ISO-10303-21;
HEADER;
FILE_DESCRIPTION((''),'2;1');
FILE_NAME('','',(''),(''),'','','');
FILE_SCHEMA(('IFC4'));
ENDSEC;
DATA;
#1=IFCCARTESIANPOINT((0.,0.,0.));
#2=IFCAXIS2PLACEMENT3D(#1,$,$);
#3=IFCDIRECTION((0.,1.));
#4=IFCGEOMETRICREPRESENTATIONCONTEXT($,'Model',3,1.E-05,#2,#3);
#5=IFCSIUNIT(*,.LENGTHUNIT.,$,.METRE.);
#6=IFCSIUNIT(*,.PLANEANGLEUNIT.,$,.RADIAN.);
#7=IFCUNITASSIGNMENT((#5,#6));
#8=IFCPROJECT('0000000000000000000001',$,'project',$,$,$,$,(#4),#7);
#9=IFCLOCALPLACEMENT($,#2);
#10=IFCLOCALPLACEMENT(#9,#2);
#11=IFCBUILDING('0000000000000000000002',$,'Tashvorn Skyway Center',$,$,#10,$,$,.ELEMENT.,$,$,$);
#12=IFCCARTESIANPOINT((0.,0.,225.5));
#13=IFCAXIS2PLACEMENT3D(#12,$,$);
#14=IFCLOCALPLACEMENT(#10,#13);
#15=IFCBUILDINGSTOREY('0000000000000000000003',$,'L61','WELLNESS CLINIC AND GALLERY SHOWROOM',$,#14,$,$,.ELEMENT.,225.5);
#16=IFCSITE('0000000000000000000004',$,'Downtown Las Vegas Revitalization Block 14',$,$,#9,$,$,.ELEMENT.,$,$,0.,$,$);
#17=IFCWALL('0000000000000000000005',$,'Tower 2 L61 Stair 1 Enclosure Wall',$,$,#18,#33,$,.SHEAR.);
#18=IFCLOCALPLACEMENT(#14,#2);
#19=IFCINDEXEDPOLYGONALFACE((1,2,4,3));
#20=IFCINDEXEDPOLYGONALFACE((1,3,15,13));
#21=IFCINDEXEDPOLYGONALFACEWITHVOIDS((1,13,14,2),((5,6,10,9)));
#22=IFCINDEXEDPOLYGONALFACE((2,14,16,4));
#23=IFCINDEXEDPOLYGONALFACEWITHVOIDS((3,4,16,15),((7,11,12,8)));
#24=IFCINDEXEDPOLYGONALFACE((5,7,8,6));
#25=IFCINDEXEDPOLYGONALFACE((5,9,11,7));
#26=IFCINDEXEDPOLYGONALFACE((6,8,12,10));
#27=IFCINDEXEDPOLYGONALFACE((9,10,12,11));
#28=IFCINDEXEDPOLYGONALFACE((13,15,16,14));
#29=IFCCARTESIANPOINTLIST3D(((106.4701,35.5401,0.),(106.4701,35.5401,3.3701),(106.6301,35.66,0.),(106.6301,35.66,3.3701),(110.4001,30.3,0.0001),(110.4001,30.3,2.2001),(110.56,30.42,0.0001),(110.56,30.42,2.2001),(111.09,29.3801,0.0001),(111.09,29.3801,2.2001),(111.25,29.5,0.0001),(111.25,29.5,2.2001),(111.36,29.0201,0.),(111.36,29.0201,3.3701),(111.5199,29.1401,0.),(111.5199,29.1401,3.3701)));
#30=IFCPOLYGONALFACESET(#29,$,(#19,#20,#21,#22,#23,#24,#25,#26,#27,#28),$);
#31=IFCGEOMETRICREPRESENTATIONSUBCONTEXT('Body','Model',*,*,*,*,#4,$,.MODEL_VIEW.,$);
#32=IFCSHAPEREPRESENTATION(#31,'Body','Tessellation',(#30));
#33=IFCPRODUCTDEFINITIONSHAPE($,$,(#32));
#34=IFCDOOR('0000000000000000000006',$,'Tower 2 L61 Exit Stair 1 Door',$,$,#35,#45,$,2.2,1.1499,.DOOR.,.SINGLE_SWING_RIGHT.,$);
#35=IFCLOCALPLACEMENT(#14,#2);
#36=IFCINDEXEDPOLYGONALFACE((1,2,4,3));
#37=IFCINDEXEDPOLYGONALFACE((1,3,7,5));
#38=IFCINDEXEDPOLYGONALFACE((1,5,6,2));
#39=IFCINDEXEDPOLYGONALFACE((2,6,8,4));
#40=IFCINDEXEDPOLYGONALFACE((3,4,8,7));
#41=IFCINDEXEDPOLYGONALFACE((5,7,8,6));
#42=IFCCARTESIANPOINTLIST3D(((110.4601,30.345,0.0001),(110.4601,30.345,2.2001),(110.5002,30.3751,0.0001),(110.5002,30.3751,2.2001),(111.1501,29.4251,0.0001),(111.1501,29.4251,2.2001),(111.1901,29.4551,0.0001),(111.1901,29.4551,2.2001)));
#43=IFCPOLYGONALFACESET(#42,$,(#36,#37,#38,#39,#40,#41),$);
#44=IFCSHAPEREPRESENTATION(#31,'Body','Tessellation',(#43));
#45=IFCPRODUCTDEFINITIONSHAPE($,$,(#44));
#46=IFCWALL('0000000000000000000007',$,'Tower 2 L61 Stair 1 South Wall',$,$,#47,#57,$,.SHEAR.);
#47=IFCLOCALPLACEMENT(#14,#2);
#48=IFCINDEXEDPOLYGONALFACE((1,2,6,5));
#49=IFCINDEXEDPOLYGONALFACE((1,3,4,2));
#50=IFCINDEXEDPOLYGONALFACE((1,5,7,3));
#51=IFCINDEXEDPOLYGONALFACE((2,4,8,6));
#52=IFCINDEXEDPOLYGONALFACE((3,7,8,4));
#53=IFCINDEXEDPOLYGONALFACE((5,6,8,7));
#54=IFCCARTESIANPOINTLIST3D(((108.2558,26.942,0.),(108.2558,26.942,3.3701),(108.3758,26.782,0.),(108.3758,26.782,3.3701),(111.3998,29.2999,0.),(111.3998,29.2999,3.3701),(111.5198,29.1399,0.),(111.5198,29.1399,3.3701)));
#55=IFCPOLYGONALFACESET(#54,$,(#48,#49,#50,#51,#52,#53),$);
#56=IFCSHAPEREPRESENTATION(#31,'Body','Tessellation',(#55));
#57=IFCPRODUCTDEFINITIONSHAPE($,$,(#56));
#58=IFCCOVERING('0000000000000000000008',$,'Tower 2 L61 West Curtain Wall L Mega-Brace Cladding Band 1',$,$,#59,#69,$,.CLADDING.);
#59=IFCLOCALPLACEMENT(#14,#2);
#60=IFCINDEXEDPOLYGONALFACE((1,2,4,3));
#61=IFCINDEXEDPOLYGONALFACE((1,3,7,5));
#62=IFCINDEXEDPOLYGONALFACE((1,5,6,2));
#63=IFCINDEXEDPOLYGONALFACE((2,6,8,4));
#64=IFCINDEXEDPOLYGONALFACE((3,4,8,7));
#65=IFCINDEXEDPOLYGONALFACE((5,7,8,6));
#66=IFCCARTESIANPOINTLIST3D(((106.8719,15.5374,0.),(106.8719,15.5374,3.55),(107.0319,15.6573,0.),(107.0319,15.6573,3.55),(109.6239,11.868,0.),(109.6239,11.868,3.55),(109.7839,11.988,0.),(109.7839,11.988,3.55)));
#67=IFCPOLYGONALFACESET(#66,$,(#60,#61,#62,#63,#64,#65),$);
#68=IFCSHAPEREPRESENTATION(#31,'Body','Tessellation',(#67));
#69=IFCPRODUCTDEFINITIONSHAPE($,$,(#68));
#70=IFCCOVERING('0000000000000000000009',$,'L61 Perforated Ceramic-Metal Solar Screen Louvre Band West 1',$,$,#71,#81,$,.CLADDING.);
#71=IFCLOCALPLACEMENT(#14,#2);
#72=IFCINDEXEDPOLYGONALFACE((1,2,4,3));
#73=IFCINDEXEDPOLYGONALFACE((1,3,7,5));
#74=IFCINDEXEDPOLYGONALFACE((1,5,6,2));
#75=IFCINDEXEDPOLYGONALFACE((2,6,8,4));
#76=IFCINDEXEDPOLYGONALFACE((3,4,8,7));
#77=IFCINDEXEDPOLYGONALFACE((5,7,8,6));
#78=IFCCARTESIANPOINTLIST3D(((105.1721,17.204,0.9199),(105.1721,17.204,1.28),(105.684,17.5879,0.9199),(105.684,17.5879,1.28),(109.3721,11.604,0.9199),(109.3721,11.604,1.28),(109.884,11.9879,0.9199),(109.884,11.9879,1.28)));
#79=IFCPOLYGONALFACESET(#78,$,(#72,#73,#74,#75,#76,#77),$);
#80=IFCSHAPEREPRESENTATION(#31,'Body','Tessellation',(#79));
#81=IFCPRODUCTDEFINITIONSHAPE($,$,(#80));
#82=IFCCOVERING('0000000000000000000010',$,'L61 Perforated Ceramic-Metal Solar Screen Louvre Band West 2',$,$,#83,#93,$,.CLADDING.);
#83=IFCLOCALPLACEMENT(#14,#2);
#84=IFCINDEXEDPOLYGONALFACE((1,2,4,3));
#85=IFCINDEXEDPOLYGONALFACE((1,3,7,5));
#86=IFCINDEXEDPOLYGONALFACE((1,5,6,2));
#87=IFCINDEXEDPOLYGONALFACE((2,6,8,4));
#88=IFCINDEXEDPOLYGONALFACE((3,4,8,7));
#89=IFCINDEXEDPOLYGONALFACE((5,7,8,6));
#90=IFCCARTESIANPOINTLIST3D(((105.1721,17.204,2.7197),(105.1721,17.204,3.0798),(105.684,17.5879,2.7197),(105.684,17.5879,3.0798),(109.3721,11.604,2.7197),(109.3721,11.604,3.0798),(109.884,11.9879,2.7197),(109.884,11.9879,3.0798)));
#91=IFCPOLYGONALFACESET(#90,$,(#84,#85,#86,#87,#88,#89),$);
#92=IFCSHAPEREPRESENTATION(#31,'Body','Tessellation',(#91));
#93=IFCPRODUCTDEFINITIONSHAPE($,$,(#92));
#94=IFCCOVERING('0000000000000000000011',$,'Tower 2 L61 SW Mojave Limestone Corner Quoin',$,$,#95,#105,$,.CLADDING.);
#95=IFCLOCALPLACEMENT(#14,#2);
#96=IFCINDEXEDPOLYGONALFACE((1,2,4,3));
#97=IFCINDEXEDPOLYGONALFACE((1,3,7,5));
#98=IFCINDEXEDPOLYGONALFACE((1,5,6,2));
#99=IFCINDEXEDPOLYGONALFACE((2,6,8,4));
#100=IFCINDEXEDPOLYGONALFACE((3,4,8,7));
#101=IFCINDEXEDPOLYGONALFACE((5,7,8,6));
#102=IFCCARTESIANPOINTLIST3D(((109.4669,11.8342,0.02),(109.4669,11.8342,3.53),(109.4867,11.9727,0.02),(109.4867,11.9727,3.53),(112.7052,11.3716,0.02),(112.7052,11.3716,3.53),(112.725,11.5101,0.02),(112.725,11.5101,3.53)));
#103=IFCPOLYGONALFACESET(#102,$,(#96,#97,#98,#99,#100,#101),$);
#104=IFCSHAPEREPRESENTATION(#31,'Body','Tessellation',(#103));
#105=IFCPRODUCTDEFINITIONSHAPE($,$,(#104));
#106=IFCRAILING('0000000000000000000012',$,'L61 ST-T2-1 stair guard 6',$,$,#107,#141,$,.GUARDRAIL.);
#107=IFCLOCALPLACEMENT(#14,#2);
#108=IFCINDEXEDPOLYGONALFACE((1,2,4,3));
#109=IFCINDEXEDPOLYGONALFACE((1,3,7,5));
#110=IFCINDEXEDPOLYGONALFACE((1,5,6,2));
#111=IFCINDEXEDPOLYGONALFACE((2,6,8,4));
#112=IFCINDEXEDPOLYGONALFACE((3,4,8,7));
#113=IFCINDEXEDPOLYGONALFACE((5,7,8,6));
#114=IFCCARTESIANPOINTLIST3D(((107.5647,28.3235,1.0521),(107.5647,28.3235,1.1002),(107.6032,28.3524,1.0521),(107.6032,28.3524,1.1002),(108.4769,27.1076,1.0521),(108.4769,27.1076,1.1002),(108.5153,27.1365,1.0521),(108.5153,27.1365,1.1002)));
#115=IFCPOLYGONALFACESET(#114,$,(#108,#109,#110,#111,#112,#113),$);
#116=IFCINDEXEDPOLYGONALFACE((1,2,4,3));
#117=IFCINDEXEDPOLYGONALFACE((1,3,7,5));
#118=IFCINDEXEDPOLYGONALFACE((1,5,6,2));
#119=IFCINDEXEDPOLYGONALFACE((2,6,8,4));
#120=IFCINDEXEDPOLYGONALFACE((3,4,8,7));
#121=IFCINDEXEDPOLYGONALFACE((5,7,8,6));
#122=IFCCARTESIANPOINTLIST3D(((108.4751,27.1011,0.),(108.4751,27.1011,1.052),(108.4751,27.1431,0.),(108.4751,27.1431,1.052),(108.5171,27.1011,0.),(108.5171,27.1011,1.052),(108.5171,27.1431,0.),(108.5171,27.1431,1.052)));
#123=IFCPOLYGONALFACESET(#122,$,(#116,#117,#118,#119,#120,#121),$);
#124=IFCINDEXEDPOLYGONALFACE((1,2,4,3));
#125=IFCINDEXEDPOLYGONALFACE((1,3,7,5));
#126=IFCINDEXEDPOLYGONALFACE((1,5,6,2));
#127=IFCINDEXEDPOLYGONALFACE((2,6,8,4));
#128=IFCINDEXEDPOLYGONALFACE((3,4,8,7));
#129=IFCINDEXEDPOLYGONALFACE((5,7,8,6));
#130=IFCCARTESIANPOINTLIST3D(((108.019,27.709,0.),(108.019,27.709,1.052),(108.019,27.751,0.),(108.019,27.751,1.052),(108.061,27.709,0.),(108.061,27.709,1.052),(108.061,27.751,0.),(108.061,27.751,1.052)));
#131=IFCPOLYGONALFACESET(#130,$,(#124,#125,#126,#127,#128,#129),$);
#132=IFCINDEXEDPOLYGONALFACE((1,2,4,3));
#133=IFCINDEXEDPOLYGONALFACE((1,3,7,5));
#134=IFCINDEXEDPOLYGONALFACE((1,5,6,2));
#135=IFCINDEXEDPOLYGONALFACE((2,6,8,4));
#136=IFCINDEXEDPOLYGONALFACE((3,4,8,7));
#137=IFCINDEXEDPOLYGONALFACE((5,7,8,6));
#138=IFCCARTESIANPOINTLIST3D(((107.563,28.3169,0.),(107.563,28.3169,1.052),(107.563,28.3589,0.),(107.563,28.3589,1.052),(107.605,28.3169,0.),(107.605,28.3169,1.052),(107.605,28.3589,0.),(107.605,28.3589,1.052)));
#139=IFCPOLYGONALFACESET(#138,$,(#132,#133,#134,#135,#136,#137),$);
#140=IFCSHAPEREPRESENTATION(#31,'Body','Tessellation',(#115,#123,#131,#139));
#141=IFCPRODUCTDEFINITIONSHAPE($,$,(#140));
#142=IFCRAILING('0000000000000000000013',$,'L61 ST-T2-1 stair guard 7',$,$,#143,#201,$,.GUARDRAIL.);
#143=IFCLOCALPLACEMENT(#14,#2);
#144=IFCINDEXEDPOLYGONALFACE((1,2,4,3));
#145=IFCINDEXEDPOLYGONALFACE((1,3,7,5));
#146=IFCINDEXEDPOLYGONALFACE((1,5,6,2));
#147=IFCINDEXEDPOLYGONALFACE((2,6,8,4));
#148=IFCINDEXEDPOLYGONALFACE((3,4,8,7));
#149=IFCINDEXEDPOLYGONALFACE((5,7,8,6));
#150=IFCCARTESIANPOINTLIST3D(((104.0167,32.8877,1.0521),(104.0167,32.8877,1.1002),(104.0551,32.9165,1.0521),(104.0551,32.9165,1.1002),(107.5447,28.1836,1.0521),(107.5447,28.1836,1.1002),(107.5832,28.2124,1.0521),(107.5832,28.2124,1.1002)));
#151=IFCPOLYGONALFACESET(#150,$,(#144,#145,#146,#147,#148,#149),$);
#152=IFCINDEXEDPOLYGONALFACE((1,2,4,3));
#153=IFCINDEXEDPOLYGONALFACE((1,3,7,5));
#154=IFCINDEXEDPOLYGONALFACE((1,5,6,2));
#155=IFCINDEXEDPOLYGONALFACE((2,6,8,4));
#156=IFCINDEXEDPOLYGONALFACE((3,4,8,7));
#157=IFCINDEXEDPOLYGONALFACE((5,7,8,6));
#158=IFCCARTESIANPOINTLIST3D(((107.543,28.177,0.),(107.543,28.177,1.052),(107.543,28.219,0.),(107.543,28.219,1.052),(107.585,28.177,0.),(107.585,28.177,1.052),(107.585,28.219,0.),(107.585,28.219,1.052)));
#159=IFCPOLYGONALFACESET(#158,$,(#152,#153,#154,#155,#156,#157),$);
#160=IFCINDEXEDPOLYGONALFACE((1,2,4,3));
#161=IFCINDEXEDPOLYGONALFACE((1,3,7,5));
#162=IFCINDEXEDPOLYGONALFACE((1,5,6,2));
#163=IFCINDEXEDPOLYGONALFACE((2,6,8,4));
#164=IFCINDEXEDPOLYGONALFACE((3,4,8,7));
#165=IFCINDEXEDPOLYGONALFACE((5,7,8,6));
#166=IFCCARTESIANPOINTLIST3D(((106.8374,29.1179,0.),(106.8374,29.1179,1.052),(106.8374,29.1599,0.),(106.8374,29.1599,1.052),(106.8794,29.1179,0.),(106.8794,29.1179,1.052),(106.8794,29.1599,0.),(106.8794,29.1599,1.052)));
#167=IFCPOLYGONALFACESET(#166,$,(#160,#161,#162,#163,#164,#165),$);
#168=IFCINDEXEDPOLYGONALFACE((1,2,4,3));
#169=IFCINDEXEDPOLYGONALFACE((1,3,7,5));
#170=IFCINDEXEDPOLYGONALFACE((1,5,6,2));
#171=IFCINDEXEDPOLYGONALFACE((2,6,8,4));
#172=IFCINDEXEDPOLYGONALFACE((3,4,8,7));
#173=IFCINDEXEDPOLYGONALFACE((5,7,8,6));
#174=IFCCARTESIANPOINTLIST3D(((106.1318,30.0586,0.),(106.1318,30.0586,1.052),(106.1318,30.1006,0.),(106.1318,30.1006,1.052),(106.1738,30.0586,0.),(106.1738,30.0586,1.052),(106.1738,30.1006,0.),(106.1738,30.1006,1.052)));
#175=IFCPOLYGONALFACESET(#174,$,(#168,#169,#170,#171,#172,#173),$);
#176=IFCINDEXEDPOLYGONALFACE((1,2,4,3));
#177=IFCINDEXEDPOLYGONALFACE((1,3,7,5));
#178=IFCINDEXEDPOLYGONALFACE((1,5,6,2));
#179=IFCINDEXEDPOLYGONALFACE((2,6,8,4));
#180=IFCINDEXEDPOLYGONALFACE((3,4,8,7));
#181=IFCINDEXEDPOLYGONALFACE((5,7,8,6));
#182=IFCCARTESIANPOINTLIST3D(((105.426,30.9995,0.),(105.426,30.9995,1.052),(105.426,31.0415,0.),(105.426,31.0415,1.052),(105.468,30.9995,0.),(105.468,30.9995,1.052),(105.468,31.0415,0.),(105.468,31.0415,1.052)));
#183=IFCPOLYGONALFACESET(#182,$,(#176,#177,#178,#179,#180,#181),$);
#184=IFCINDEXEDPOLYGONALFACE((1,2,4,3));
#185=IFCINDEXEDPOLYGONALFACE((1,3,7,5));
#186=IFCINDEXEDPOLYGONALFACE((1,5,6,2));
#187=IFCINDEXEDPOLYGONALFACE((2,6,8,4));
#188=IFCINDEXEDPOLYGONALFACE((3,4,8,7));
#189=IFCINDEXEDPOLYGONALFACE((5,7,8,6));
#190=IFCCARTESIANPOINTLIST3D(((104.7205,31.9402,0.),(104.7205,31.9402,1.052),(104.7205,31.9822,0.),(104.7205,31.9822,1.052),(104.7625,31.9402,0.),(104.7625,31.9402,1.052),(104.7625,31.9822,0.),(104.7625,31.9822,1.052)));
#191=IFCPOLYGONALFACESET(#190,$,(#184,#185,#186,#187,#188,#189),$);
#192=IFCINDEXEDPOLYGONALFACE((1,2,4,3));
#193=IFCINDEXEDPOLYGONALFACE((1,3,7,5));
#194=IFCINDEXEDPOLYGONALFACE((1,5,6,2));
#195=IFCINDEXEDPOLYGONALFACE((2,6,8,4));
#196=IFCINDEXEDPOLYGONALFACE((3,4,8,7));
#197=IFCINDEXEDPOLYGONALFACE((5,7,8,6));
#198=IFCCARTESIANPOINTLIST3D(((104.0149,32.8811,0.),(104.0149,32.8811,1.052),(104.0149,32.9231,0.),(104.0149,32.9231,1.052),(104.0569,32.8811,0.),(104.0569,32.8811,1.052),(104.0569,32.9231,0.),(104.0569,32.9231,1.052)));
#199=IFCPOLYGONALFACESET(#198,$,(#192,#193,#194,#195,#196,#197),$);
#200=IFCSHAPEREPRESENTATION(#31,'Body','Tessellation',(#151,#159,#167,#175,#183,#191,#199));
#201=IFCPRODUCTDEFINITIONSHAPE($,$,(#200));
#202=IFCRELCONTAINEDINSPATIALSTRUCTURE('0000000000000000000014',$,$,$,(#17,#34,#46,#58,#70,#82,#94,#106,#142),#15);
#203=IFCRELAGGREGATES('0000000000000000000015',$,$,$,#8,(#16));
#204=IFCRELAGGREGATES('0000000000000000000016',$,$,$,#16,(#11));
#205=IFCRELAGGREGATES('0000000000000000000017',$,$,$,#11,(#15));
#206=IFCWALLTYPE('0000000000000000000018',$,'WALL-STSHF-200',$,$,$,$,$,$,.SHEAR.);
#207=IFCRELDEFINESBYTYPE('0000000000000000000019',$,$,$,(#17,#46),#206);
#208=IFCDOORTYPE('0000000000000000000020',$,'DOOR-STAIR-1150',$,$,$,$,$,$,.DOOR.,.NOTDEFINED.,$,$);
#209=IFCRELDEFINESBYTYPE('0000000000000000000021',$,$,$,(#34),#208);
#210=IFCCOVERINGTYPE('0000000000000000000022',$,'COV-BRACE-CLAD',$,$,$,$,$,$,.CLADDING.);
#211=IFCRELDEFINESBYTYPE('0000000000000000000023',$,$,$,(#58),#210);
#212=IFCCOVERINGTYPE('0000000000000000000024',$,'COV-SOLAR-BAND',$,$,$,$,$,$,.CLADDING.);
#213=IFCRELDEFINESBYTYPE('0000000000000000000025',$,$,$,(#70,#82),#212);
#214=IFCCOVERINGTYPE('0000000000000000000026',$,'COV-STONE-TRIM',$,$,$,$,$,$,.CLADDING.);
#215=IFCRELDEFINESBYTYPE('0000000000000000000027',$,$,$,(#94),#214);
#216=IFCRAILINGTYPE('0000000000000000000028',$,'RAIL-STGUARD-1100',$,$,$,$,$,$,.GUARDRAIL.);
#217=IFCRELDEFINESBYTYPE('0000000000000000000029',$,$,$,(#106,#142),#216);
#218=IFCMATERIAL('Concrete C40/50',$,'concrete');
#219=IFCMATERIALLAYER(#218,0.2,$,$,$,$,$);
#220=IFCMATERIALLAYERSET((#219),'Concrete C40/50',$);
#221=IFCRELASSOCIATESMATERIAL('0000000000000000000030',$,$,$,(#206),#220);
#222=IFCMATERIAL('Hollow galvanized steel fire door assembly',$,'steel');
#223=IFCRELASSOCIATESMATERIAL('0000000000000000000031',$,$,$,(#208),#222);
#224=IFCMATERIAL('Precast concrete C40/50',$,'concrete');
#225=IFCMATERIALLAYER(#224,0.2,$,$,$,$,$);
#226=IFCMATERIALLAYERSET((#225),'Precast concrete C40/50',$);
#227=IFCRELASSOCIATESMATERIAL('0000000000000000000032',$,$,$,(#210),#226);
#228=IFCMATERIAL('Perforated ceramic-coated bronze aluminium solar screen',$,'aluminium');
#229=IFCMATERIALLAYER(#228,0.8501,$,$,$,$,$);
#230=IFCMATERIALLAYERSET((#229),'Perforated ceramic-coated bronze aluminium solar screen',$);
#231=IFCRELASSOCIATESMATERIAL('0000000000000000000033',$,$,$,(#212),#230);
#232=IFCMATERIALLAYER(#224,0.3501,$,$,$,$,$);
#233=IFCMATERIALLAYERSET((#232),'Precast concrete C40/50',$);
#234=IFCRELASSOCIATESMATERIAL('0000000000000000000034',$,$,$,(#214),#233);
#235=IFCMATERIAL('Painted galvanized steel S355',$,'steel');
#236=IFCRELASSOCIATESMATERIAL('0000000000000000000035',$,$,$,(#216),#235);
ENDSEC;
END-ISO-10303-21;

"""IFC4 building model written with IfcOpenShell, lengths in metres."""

from ifc_helpers import new_model, si_unit, direction, frame, frame_2d, origin, origin_2d, place, context, subcontext, project, spatial, rectangle, extrude, material, layer, layer_set, type_object, element, fill, save


model = new_model("IFC4")

# Units and contexts
model_context = context("Model", 3, precision=1e-05, world=origin(), true_north=direction((0.0, 1.0)))
body_context = subcontext(model_context, "Body", "Model", "MODEL_VIEW")
ifc_project = project(units=[si_unit("LENGTHUNIT", "METRE"), si_unit("PLANEANGLEUNIT", "RADIAN")], contexts=[model_context])

# Site, building, storey
site_placement = place(None, origin())
site = spatial("IfcSite", under=ifc_project, at=site_placement, Name="Downtown Las Vegas Revitalization Block 14", CompositionType="ELEMENT", RefElevation=0.0)
building_placement = place(site_placement, origin())
building = spatial("IfcBuilding", under=site, at=building_placement, Name="Tashvorn Skyway Center", CompositionType="ELEMENT")
storey_placement = place(building_placement, frame((0.0, 0.0, 225.5)))
storey = spatial("IfcBuildingStorey", under=building, at=storey_placement, Name="L61", Description="WELLNESS CLINIC AND GALLERY SHOWROOM", CompositionType="ELEMENT", Elevation=225.5)

# Shared definitions
ifc_material_1 = material(Name="Precast concrete C40/50", Category="concrete")
ifc_material_2 = material(Name="Concrete C40/50", Category="concrete")

# Wall, opening, door
ifc_layer_1 = layer(ifc_material_2, 0.2)
ifc_layer_set_1 = layer_set([ifc_layer_1], Name="Concrete C40/50")
wall_type_1 = type_object("IfcWallType", Name="WALL-STSHF-200", PredefinedType="SHEAR", material=ifc_layer_set_1)
wall_1_placement = place(storey_placement, frame((111.4399, 29.0801, 0.0), z_axis=(0.0, 0.0, 1.0), x_axis=(-0.59999, 0.800007, 0.0)))
wall_1 = element("IfcWall", 1, at=wall_1_placement, inside=storey, type_object=wall_type_1, Name="Tower 2 L61 Stair 1 Enclosure Wall", PredefinedType="SHEAR", context=body_context, shape_type="SweptSolid", body=[
    extrude(rectangle(XDim=8.1499, YDim=0.2, at=frame_2d((4.075, 0.0))), origin(), (0.0, 0.0, 1.0), 3.3701),
])
opening_placement = place(wall_1_placement, frame((0.45, 0.0, 0.0)))
opening = element("IfcOpeningElement", 2, at=opening_placement, cuts=wall_1, PredefinedType="OPENING", context=body_context, shape_type="SweptSolid", body=[
    extrude(rectangle(XDim=1.1499, YDim=2.2, at=frame_2d((0.575, 1.1001))), frame((0.0, 0.1099, 0.0), z_axis=(0.0, -1.0, 0.0), x_axis=(1.0, 0.0, 0.0)), (0.0, 0.0, 1.0), 0.22),
])
ifc_material_3 = material(Name="Hollow galvanized steel fire door assembly", Category="steel")
door_type = type_object("IfcDoorType", Name="DOOR-STAIR-1150", OperationType="NOTDEFINED", PredefinedType="DOOR", material=ifc_material_3)
door_placement = place(opening_placement, origin())
door = element("IfcDoor", 3, at=door_placement, inside=storey, type_object=door_type, Name="Tower 2 L61 Exit Stair 1 Door", OperationType="SINGLE_SWING_RIGHT", OverallHeight=2.2, OverallWidth=1.1499, PredefinedType="DOOR", context=body_context, shape_type="SweptSolid", body=[
    extrude(rectangle(XDim=1.1499, YDim=2.2, at=frame_2d((0.575, 1.1001))), frame((0.0, 0.0249, 0.0), z_axis=(0.0, -1.0, 0.0), x_axis=(1.0, 0.0, 0.0)), (0.0, 0.0, 1.0), 0.05),
])
fill(opening, door)

# Wall
wall_2_placement = place(storey_placement, frame((108.3159, 26.8621, 0.0), z_axis=(0.0, 0.0, 1.0), x_axis=(0.800015, 0.59998, 0.0)))
element("IfcWall", 4, at=wall_2_placement, inside=storey, type_object=wall_type_1, Name="Tower 2 L61 Stair 1 South Wall", PredefinedType="SHEAR", context=body_context, shape_type="SweptSolid", body=[
    extrude(rectangle(XDim=3.9299, YDim=0.2, at=frame_2d((1.9648, 0.0))), origin(), (0.0, 0.0, 1.0), 3.3701),
])

# Coverings
ifc_layer_2 = layer(ifc_material_1, 0.2)
ifc_layer_set_2 = layer_set([ifc_layer_2], Name="Precast concrete C40/50")
covering_type_1 = type_object("IfcCoveringType", Name="COV-BRACE-CLAD", PredefinedType="CLADDING", material=ifc_layer_set_2)
covering_1_placement = place(storey_placement, frame((108.3279, 13.7627, 0.0), z_axis=(0.0, 0.0, 1.0), x_axis=(-0.6, 0.8, 0.0)))
element("IfcCovering", 5, at=covering_1_placement, inside=storey, type_object=covering_type_1, Name="Tower 2 L61 West Curtain Wall L Mega-Brace Cladding Band 1", PredefinedType="CLADDING", context=body_context, shape_type="SweptSolid", body=[
    extrude(rectangle(XDim=4.5867, YDim=0.2, at=origin_2d()), origin(), (0.0, 0.0, 1.0), 3.55),
])
ifc_material_4 = material(Name="Perforated ceramic-coated bronze aluminium solar screen", Category="aluminium")
ifc_layer_3 = layer(ifc_material_4, 0.8501)
ifc_layer_set_3 = layer_set([ifc_layer_3], Name="Perforated ceramic-coated bronze aluminium solar screen")
covering_type_2 = type_object("IfcCoveringType", Name="COV-SOLAR-BAND", PredefinedType="CLADDING", material=ifc_layer_set_3)
for number, where, z_axis, x_axis, name in (
    (6, (107.5281, 14.5959, 0.9199), (0.0, 0.0, 1.0), (-0.6, 0.8, 0.0), "L61 Perforated Ceramic-Metal Solar Screen Louvre Band West 1"),
    (7, (107.5281, 14.5959, 2.7197), (0.0, 0.0, 1.0), (-0.6, 0.8, 0.0), "L61 Perforated Ceramic-Metal Solar Screen Louvre Band West 2"),
):
    element("IfcCovering", number, at=place(storey_placement, frame(where, z_axis=z_axis, x_axis=x_axis)), inside=storey, type_object=covering_type_2, Name=name, PredefinedType="CLADDING", context=body_context, shape_type="SweptSolid", body=[
        extrude(rectangle(XDim=7.0, YDim=0.6399, at=origin_2d()), origin(), (0.0, 0.0, 1.0), 0.3601),
    ])
ifc_layer_4 = layer(ifc_material_1, 0.3501)
ifc_layer_set_4 = layer_set([ifc_layer_4], Name="Precast concrete C40/50")
covering_type_3 = type_object("IfcCoveringType", Name="COV-STONE-TRIM", PredefinedType="CLADDING", material=ifc_layer_set_4)
covering_2_placement = place(storey_placement, frame((111.0959, 11.6721, 0.02), z_axis=(0.0, 0.0, 1.0), x_axis=(-0.989949, 0.141421, 0.0)))
element("IfcCovering", 8, at=covering_2_placement, inside=storey, type_object=covering_type_3, Name="Tower 2 L61 SW Mojave Limestone Corner Quoin", PredefinedType="CLADDING", context=body_context, shape_type="SweptSolid", body=[
    extrude(rectangle(XDim=3.2712, YDim=0.1399, at=origin_2d()), origin(), (0.0, 0.0, 1.0), 3.51),
])

# Railings
ifc_material_5 = material(Name="Painted galvanized steel S355", Category="steel")
railing_type = type_object("IfcRailingType", Name="RAIL-STGUARD-1100", PredefinedType="GUARDRAIL", material=ifc_material_5)
railing_1_placement = place(storey_placement, frame((108.4961, 27.1221, 0.0)))
element("IfcRailing", 9, at=railing_1_placement, inside=storey, type_object=railing_type, Name="L61 ST-T2-1 stair guard 6", PredefinedType="GUARDRAIL", context=body_context, shape_type="SweptSolid", body=[
    extrude(rectangle(XDim=0.0481, YDim=0.0481, at=origin_2d()), frame((0.0, 0.0, 1.0762), z_axis=(-0.600103, 0.799923, 0.0), x_axis=(-0.799923, -0.600103, 0.0)), (0.0, 0.0, 1.0), 1.52),
    extrude(rectangle(XDim=0.042, YDim=0.042, at=origin_2d()), origin(), (0.0, 0.0, 1.0), 1.052),
    extrude(rectangle(XDim=0.042, YDim=0.042, at=origin_2d()), frame((-0.4561, 0.6079, 0.0)), (0.0, 0.0, 1.0), 1.052),
    extrude(rectangle(XDim=0.042, YDim=0.042, at=origin_2d()), frame((-0.9121, 1.2158, 0.0)), (0.0, 0.0, 1.0), 1.052),
])
railing_2_placement = place(storey_placement, frame((107.564, 28.198, 0.0)))
element("IfcRailing", 10, at=railing_2_placement, inside=storey, type_object=railing_type, Name="L61 ST-T2-1 stair guard 7", PredefinedType="GUARDRAIL", context=body_context, shape_type="SweptSolid", body=[
    extrude(rectangle(XDim=0.0481, YDim=0.0481, at=origin_2d()), frame((0.0, 0.0, 1.0762), z_axis=(-0.6, 0.8, 0.0), x_axis=(-0.8, -0.6, 0.0)), (0.0, 0.0, 1.0), 5.8801),
    extrude(rectangle(XDim=0.042, YDim=0.042, at=origin_2d()), origin(), (0.0, 0.0, 1.0), 1.052),
    extrude(rectangle(XDim=0.042, YDim=0.042, at=origin_2d()), frame((-0.7056, 0.9409, 0.0)), (0.0, 0.0, 1.0), 1.052),
    extrude(rectangle(XDim=0.042, YDim=0.042, at=origin_2d()), frame((-1.4111, 1.8816, 0.0)), (0.0, 0.0, 1.0), 1.052),
    extrude(rectangle(XDim=0.042, YDim=0.042, at=origin_2d()), frame((-2.1169, 2.8225, 0.0)), (0.0, 0.0, 1.0), 1.052),
    extrude(rectangle(XDim=0.042, YDim=0.042, at=origin_2d()), frame((-2.8225, 3.7632, 0.0)), (0.0, 0.0, 1.0), 1.052),
    extrude(rectangle(XDim=0.042, YDim=0.042, at=origin_2d()), frame((-3.5281, 4.7041, 0.0)), (0.0, 0.0, 1.0), 1.052),
])

save(model, "model.ifc")
